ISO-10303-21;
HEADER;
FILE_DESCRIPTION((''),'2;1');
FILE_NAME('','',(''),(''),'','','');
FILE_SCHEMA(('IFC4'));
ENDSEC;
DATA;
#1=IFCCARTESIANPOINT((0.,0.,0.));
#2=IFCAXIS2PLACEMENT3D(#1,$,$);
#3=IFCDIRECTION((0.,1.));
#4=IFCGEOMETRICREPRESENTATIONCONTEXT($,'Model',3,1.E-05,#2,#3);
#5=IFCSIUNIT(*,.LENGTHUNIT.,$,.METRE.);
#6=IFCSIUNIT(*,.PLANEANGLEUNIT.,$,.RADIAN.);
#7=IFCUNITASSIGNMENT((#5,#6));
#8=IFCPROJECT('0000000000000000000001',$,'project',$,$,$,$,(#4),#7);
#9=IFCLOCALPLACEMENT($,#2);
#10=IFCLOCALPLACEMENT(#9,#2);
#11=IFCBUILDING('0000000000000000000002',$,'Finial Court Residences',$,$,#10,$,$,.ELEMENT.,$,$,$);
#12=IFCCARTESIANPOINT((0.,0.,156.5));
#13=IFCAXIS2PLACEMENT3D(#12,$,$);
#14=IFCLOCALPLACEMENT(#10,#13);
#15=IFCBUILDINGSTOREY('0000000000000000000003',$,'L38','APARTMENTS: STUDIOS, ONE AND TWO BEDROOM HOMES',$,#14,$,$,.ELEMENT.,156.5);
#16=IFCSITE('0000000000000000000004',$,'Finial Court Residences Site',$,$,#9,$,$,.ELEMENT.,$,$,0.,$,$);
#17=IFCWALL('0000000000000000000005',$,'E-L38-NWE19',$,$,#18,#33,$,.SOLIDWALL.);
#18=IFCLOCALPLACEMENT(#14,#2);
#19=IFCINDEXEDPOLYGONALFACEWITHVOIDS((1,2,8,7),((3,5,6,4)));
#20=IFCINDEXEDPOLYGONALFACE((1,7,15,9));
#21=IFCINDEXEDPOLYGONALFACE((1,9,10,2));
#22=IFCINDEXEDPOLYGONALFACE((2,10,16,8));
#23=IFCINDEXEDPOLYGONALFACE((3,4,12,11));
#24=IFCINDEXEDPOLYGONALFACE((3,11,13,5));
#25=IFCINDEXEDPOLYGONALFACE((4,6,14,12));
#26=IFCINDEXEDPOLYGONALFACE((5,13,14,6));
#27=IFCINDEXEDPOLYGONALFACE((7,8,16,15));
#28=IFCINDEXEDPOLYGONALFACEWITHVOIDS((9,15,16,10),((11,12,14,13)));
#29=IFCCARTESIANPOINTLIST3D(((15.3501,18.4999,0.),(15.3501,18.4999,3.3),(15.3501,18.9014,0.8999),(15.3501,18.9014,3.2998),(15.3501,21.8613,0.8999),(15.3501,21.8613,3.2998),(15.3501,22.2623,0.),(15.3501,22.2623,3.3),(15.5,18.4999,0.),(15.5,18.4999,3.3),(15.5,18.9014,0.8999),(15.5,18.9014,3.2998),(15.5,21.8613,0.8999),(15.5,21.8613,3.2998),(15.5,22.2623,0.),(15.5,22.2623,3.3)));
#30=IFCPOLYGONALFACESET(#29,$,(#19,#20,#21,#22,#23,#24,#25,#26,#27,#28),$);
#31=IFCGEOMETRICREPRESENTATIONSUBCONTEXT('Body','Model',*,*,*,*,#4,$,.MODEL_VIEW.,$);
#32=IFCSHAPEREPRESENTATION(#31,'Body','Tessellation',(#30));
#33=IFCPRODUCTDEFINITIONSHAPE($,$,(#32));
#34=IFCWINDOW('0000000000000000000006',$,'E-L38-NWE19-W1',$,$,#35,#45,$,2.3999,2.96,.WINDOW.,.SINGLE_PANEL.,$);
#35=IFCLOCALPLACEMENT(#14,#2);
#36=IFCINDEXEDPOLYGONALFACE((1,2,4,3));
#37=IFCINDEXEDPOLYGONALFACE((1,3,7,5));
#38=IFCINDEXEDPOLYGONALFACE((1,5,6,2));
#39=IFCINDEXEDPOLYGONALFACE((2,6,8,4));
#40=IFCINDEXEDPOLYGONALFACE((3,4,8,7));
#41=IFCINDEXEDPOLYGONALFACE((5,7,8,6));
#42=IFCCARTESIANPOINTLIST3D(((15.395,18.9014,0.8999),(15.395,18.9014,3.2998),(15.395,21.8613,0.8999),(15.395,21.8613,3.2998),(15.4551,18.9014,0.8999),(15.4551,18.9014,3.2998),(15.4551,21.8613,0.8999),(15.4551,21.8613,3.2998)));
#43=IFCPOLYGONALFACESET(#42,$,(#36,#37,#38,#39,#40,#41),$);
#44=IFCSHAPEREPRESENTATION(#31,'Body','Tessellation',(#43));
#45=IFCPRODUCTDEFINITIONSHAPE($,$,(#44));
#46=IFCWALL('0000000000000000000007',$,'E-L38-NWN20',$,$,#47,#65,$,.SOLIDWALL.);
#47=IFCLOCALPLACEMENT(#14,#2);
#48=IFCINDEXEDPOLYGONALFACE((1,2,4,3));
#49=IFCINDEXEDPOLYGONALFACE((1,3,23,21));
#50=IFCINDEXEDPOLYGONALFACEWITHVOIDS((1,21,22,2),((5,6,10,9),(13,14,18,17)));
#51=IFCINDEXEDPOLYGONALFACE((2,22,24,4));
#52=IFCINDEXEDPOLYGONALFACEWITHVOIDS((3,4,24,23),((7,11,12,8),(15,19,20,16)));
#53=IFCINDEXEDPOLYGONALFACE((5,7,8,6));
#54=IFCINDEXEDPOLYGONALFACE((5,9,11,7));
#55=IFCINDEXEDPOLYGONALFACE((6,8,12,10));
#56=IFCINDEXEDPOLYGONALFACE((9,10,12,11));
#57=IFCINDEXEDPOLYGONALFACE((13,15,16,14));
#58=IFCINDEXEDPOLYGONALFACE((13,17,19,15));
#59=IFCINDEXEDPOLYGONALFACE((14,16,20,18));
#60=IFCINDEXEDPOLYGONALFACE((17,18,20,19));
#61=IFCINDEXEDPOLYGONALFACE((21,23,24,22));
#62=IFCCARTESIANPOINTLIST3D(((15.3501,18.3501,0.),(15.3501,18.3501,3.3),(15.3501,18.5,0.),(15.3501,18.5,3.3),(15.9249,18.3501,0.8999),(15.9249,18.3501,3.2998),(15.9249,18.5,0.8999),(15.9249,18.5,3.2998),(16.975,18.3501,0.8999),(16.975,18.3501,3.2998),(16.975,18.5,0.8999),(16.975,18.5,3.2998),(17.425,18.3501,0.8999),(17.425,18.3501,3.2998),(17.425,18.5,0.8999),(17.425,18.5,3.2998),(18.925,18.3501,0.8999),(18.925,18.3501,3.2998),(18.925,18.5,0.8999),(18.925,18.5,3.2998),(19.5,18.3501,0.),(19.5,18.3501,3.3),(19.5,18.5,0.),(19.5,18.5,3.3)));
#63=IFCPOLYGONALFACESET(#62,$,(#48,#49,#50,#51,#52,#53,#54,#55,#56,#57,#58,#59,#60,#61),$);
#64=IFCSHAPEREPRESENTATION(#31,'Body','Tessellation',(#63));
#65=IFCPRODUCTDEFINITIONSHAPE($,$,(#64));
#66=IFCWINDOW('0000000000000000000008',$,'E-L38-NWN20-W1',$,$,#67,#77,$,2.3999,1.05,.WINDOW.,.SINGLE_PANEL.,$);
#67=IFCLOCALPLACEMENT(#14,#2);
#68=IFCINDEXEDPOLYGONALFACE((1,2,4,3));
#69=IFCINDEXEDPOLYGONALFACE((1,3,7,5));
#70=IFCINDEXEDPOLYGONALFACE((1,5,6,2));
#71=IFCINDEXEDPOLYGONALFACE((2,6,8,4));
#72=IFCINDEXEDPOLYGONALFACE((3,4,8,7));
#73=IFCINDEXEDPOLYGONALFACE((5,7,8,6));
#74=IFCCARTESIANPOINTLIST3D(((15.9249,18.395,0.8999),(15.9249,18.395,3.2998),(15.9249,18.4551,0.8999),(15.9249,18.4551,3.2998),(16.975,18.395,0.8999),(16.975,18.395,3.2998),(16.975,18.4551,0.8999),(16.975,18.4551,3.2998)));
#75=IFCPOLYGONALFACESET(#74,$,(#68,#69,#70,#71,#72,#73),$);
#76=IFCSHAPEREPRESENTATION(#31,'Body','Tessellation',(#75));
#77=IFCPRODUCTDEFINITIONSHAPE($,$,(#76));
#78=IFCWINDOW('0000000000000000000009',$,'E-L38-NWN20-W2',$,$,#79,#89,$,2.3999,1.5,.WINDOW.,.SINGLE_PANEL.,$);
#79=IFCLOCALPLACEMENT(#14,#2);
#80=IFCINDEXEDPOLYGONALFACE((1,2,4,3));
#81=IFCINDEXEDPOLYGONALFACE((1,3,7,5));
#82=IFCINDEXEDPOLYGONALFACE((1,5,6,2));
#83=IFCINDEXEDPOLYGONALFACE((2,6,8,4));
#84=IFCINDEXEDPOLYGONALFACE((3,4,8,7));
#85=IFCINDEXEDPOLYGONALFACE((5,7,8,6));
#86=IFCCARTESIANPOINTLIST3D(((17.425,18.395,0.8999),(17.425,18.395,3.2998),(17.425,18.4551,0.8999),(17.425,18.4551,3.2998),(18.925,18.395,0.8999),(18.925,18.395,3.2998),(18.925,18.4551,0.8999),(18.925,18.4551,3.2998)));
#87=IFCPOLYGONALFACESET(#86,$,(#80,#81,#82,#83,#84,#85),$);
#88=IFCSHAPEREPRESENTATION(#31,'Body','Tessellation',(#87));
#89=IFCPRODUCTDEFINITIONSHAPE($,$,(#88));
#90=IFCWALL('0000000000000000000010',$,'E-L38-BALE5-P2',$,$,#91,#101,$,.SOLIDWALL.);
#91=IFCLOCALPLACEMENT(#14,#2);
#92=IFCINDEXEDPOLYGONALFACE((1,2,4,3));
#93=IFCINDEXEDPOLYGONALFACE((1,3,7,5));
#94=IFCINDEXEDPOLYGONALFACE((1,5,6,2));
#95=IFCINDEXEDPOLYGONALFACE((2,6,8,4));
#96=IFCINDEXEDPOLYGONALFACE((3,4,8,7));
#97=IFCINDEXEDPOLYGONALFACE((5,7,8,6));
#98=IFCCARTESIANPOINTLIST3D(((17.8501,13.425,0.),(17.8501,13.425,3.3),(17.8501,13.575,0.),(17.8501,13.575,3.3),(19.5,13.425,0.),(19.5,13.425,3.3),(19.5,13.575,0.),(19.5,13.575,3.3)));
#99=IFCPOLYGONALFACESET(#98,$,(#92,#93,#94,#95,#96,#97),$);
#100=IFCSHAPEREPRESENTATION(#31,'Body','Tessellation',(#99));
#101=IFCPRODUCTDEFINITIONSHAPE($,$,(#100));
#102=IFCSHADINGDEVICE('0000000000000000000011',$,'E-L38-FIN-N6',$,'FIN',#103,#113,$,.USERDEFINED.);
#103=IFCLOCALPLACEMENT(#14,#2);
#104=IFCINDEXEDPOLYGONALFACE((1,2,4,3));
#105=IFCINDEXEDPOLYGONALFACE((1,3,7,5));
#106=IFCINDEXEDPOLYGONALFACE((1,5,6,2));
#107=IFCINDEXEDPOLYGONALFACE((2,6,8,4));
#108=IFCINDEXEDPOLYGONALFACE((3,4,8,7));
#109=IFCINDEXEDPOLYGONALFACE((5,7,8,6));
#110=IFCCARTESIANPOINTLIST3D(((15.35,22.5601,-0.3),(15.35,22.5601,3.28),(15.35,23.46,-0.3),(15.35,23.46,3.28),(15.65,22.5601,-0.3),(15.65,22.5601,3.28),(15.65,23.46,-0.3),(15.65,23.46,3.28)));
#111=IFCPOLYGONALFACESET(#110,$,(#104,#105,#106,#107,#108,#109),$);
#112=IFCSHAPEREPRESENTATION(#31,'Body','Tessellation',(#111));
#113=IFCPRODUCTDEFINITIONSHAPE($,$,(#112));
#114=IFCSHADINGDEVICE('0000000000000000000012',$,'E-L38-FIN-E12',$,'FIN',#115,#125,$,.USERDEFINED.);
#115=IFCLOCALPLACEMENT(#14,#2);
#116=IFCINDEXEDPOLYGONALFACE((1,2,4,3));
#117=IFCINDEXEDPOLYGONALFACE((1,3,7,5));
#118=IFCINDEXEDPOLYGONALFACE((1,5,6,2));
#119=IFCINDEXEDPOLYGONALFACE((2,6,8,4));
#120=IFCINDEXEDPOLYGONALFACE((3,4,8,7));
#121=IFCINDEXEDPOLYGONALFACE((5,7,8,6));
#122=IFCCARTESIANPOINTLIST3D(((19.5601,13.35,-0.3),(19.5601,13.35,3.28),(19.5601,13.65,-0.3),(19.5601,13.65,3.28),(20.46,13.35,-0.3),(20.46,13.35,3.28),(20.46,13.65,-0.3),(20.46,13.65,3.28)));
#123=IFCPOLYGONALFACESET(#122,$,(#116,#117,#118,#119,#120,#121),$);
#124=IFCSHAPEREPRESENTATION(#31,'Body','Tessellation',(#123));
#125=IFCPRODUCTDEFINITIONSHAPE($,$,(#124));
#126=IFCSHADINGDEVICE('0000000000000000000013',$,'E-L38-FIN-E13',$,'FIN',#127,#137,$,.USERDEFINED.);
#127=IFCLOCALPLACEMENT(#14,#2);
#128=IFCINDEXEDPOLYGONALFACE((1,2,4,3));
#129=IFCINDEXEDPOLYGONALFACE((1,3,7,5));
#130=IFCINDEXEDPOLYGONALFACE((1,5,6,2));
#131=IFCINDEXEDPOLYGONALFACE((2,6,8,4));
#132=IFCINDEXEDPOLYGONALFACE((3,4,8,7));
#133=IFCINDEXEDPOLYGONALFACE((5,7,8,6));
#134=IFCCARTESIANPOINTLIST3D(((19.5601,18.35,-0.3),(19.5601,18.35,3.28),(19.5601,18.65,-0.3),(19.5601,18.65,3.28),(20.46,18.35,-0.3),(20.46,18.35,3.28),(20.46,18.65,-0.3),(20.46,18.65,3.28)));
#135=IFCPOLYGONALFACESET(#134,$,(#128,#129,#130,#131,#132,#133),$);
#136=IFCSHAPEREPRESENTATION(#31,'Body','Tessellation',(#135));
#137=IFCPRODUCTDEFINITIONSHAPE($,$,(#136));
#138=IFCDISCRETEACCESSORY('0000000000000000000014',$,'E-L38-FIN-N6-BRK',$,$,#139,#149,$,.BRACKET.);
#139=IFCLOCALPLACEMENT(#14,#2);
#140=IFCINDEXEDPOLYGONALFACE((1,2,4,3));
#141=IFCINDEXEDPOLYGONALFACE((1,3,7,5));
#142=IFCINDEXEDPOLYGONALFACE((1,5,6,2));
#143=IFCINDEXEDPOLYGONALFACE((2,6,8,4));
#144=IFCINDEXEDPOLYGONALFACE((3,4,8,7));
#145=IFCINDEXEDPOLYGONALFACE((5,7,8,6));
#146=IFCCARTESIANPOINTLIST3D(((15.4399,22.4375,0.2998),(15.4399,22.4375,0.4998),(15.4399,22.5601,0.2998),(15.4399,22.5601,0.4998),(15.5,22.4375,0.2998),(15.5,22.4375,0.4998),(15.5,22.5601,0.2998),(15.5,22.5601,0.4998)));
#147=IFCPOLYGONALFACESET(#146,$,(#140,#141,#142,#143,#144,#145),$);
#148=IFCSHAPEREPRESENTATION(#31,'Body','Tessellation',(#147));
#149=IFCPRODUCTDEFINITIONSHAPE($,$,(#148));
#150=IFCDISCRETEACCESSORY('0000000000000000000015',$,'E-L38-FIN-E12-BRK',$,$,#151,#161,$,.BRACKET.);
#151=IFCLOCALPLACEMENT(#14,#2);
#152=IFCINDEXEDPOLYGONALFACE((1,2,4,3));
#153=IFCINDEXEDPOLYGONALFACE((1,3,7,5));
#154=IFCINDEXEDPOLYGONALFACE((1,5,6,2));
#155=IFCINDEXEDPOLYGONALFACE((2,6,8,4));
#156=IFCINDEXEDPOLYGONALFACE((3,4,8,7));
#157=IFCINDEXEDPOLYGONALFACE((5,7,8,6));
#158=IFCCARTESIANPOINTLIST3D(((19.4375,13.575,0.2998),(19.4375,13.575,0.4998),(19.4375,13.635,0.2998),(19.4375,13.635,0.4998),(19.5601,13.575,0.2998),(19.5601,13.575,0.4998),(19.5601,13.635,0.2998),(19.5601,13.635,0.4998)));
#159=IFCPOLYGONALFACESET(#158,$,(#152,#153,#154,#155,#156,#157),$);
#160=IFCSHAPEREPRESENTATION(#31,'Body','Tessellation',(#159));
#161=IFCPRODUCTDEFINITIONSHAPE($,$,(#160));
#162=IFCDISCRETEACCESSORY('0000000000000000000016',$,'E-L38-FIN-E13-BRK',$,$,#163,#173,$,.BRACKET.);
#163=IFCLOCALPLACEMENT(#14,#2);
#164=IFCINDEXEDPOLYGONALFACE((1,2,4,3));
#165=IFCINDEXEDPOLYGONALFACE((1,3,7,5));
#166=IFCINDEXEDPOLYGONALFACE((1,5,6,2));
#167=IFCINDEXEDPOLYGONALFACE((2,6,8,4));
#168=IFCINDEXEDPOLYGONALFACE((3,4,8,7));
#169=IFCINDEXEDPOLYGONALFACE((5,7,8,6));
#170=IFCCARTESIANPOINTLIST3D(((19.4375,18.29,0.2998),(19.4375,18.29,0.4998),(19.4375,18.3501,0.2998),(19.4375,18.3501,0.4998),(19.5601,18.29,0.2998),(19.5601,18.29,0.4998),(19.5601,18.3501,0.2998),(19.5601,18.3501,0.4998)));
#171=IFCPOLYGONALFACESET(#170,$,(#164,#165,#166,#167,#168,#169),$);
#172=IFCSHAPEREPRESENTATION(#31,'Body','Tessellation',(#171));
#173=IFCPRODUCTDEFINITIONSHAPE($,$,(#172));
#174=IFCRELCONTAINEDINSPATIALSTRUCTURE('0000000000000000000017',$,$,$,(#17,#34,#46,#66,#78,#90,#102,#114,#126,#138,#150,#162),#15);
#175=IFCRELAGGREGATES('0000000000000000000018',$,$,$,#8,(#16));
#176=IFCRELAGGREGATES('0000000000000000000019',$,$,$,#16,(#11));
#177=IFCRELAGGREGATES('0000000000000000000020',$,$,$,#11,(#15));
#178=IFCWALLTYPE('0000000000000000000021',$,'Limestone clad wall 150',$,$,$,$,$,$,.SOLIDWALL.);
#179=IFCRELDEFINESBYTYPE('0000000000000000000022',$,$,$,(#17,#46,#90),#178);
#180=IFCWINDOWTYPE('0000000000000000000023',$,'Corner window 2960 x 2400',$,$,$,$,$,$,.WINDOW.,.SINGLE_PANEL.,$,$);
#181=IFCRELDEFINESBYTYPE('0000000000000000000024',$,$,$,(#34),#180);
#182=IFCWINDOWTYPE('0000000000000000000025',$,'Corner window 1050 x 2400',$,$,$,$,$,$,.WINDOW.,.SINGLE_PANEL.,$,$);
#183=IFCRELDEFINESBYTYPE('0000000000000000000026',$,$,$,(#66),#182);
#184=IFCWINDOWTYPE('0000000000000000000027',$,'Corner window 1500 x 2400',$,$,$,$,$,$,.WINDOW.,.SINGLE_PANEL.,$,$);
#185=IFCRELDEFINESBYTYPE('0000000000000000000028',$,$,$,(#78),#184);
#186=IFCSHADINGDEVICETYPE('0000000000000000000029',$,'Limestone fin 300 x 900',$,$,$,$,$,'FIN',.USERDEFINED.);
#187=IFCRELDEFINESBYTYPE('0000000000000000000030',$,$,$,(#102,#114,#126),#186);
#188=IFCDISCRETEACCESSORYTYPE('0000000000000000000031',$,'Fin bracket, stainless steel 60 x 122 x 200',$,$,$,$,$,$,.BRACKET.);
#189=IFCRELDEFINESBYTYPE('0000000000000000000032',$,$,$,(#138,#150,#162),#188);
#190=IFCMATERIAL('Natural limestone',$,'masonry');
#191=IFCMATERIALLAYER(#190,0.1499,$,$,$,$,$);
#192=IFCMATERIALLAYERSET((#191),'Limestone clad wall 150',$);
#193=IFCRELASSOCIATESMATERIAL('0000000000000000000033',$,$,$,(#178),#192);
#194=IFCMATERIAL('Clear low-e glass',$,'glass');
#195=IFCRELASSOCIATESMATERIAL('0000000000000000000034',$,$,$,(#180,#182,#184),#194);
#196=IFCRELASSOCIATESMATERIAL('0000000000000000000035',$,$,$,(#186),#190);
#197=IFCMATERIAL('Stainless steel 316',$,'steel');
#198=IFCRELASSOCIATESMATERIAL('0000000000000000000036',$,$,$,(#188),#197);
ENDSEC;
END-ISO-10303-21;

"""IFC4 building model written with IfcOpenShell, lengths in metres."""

from ifc_helpers import new_model, si_unit, direction, frame, frame_2d, origin, origin_2d, place, context, subcontext, project, spatial, rectangle, extrude, material, layer, layer_set, type_object, element, fill, save


model = new_model("IFC4")

# Units and contexts
model_context = context("Model", 3, precision=1e-05, world=origin(), true_north=direction((0.0, 1.0)))
body_context = subcontext(model_context, "Body", "Model", "MODEL_VIEW")
ifc_project = project(units=[si_unit("LENGTHUNIT", "METRE"), si_unit("PLANEANGLEUNIT", "RADIAN")], contexts=[model_context])

# Site, building, storey
site_placement = place(None, origin())
site = spatial("IfcSite", under=ifc_project, at=site_placement, Name="Finial Court Residences Site", CompositionType="ELEMENT", RefElevation=0.0)
building_placement = place(site_placement, origin())
building = spatial("IfcBuilding", under=site, at=building_placement, Name="Finial Court Residences", CompositionType="ELEMENT")
storey_placement = place(building_placement, frame((0.0, 0.0, 156.5)))
storey = spatial("IfcBuildingStorey", under=building, at=storey_placement, Name="L38", Description="APARTMENTS: STUDIOS, ONE AND TWO BEDROOM HOMES", CompositionType="ELEMENT", Elevation=156.5)

# Shared definitions
ifc_material_1 = material(Name="Clear low-e glass", Category="glass")

# Wall, opening, window
ifc_material_2 = material(Name="Natural limestone", Category="masonry")
ifc_layer_1 = layer(ifc_material_2, 0.1499)
ifc_layer_set_1 = layer_set([ifc_layer_1], Name="Limestone clad wall 150")
wall_type_1 = type_object("IfcWallType", Name="Limestone clad wall 150", PredefinedType="SOLIDWALL", material=ifc_layer_set_1)
wall_1_placement = place(storey_placement, frame((15.425, 22.2625, 0.0), z_axis=(0.0, 0.0, 1.0), x_axis=(0.0, -1.0, 0.0)))
wall_1 = element("IfcWall", 1, at=wall_1_placement, inside=storey, type_object=wall_type_1, Name="E-L38-NWE19", PredefinedType="SOLIDWALL", context=body_context, shape_type="SweptSolid", body=[
    extrude(rectangle(XDim=3.7625, YDim=0.1499, at=frame_2d((1.8813, 0.0))), origin(), (0.0, 0.0, 1.0), 3.3),
])
opening_1_placement = place(wall_1_placement, frame((0.4011, 0.0, 0.8999)))
opening_1 = element("IfcOpeningElement", 2, at=opening_1_placement, cuts=wall_1, PredefinedType="OPENING", context=body_context, shape_type="SweptSolid", body=[
    extrude(rectangle(XDim=2.96, YDim=2.3999, at=frame_2d((1.48, 1.2))), frame((0.0, 0.085, 0.0), z_axis=(0.0, -1.0, 0.0), x_axis=(1.0, 0.0, 0.0)), (0.0, 0.0, 1.0), 0.1699),
])
window_type_1 = type_object("IfcWindowType", Name="Corner window 2960 x 2400", PartitioningType="SINGLE_PANEL", PredefinedType="WINDOW", material=ifc_material_1)
window_1_placement = place(opening_1_placement, origin())
window_1 = element("IfcWindow", 3, at=window_1_placement, inside=storey, type_object=window_type_1, Name="E-L38-NWE19-W1", OverallHeight=2.3999, OverallWidth=2.96, PartitioningType="SINGLE_PANEL", PredefinedType="WINDOW", context=body_context, shape_type="SweptSolid", body=[
    extrude(rectangle(XDim=2.96, YDim=2.3999, at=frame_2d((1.48, 1.2))), frame((0.0, 0.03, 0.0), z_axis=(0.0, -1.0, 0.0), x_axis=(1.0, 0.0, 0.0)), (0.0, 0.0, 1.0), 0.0601),
])
fill(opening_1, window_1)

# Wall, openings, windows
wall_2_placement = place(storey_placement, frame((15.3501, 18.425, 0.0), z_axis=(0.0, 0.0, 1.0), x_axis=(1.0, 0.0, 0.0)))
wall_2 = element("IfcWall", 4, at=wall_2_placement, inside=storey, type_object=wall_type_1, Name="E-L38-NWN20", PredefinedType="SOLIDWALL", context=body_context, shape_type="SweptSolid", body=[
    extrude(rectangle(XDim=4.1499, YDim=0.1499, at=frame_2d((2.075, 0.0))), origin(), (0.0, 0.0, 1.0), 3.3),
])
opening_2_placement = place(wall_2_placement, frame((0.575, 0.0, 0.8999)))
opening_2 = element("IfcOpeningElement", 5, at=opening_2_placement, cuts=wall_2, PredefinedType="OPENING", context=body_context, shape_type="SweptSolid", body=[
    extrude(rectangle(XDim=1.05, YDim=2.3999, at=frame_2d((0.5249, 1.2))), frame((0.0, 0.085, 0.0), z_axis=(0.0, -1.0, 0.0), x_axis=(1.0, 0.0, 0.0)), (0.0, 0.0, 1.0), 0.1699),
])
opening_3_placement = place(wall_2_placement, frame((2.075, 0.0, 0.8999)))
opening_3 = element("IfcOpeningElement", 6, at=opening_3_placement, cuts=wall_2, PredefinedType="OPENING", context=body_context, shape_type="SweptSolid", body=[
    extrude(rectangle(XDim=1.5, YDim=2.3999, at=frame_2d((0.75, 1.2))), frame((0.0, 0.085, 0.0), z_axis=(0.0, -1.0, 0.0), x_axis=(1.0, 0.0, 0.0)), (0.0, 0.0, 1.0), 0.1699),
])
window_type_2 = type_object("IfcWindowType", Name="Corner window 1050 x 2400", PartitioningType="SINGLE_PANEL", PredefinedType="WINDOW", material=ifc_material_1)
window_2_placement = place(opening_2_placement, origin())
window_2 = element("IfcWindow", 7, at=window_2_placement, inside=storey, type_object=window_type_2, Name="E-L38-NWN20-W1", OverallHeight=2.3999, OverallWidth=1.05, PartitioningType="SINGLE_PANEL", PredefinedType="WINDOW", context=body_context, shape_type="SweptSolid", body=[
    extrude(rectangle(XDim=1.05, YDim=2.3999, at=frame_2d((0.5249, 1.2))), frame((0.0, 0.03, 0.0), z_axis=(0.0, -1.0, 0.0), x_axis=(1.0, 0.0, 0.0)), (0.0, 0.0, 1.0), 0.0601),
])
fill(opening_2, window_2)
window_type_3 = type_object("IfcWindowType", Name="Corner window 1500 x 2400", PartitioningType="SINGLE_PANEL", PredefinedType="WINDOW", material=ifc_material_1)
window_3_placement = place(opening_3_placement, origin())
window_3 = element("IfcWindow", 8, at=window_3_placement, inside=storey, type_object=window_type_3, Name="E-L38-NWN20-W2", OverallHeight=2.3999, OverallWidth=1.5, PartitioningType="SINGLE_PANEL", PredefinedType="WINDOW", context=body_context, shape_type="SweptSolid", body=[
    extrude(rectangle(XDim=1.5, YDim=2.3999, at=frame_2d((0.75, 1.2))), frame((0.0, 0.03, 0.0), z_axis=(0.0, -1.0, 0.0), x_axis=(1.0, 0.0, 0.0)), (0.0, 0.0, 1.0), 0.0601),
])
fill(opening_3, window_3)

# Wall
wall_3_placement = place(storey_placement, frame((17.8501, 13.5, 0.0), z_axis=(0.0, 0.0, 1.0), x_axis=(1.0, 0.0, 0.0)))
element("IfcWall", 9, at=wall_3_placement, inside=storey, type_object=wall_type_1, Name="E-L38-BALE5-P2", PredefinedType="SOLIDWALL", context=body_context, shape_type="SweptSolid", body=[
    extrude(rectangle(XDim=1.6499, YDim=0.1499, at=frame_2d((0.825, 0.0))), origin(), (0.0, 0.0, 1.0), 3.3),
])

# Shading devices
shading_device_type = type_object("IfcShadingDeviceType", Name="Limestone fin 300 x 900", ElementType="FIN", PredefinedType="USERDEFINED", material=ifc_material_2)
shading_device_placement = place(storey_placement, frame((15.5, 23.01, -0.3), z_axis=(0.0, 0.0, 1.0), x_axis=(1.0, 0.0, 0.0)))
element("IfcShadingDevice", 10, at=shading_device_placement, inside=storey, type_object=shading_device_type, Name="E-L38-FIN-N6", ObjectType="FIN", PredefinedType="USERDEFINED", context=body_context, shape_type="SweptSolid", body=[
    extrude(rectangle(XDim=0.3, YDim=0.8999, at=origin_2d()), origin(), (0.0, 0.0, 1.0), 3.5801),
])
for number, where, z_axis, x_axis, name in (
    (11, (20.01, 13.5, -0.3), (0.0, 0.0, 1.0), (1.0, 0.0, 0.0), "E-L38-FIN-E12"),
    (12, (20.01, 18.5, -0.3), (0.0, 0.0, 1.0), (1.0, 0.0, 0.0), "E-L38-FIN-E13"),
):
    element("IfcShadingDevice", number, at=place(storey_placement, frame(where, z_axis=z_axis, x_axis=x_axis)), inside=storey, type_object=shading_device_type, Name=name, ObjectType="FIN", PredefinedType="USERDEFINED", context=body_context, shape_type="SweptSolid", body=[
        extrude(rectangle(XDim=0.8999, YDim=0.3, at=origin_2d()), origin(), (0.0, 0.0, 1.0), 3.5801),
    ])

# Discrete accessories
ifc_material_3 = material(Name="Stainless steel 316", Category="steel")
discrete_accessory_type = type_object("IfcDiscreteAccessoryType", Name="Fin bracket, stainless steel 60 x 122 x 200", PredefinedType="BRACKET", material=ifc_material_3)
discrete_accessory_placement = place(storey_placement, frame((15.47, 22.4988, 0.2998), z_axis=(0.0, 0.0, 1.0), x_axis=(1.0, 0.0, 0.0)))
element("IfcDiscreteAccessory", 13, at=discrete_accessory_placement, inside=storey, type_object=discrete_accessory_type, Name="E-L38-FIN-N6-BRK", PredefinedType="BRACKET", context=body_context, shape_type="SweptSolid", body=[
    extrude(rectangle(XDim=0.0601, YDim=0.1226, at=origin_2d()), origin(), (0.0, 0.0, 1.0), 0.2),
])
for number, where, z_axis, x_axis, name in (
    (14, (19.4988, 13.605, 0.2998), (0.0, 0.0, 1.0), (1.0, 0.0, 0.0), "E-L38-FIN-E12-BRK"),
    (15, (19.4988, 18.3201, 0.2998), (0.0, 0.0, 1.0), (1.0, 0.0, 0.0), "E-L38-FIN-E13-BRK"),
):
    element("IfcDiscreteAccessory", number, at=place(storey_placement, frame(where, z_axis=z_axis, x_axis=x_axis)), inside=storey, type_object=discrete_accessory_type, Name=name, PredefinedType="BRACKET", context=body_context, shape_type="SweptSolid", body=[
        extrude(rectangle(XDim=0.1226, YDim=0.0601, at=origin_2d()), origin(), (0.0, 0.0, 1.0), 0.2),
    ])

save(model, "model.ifc")
